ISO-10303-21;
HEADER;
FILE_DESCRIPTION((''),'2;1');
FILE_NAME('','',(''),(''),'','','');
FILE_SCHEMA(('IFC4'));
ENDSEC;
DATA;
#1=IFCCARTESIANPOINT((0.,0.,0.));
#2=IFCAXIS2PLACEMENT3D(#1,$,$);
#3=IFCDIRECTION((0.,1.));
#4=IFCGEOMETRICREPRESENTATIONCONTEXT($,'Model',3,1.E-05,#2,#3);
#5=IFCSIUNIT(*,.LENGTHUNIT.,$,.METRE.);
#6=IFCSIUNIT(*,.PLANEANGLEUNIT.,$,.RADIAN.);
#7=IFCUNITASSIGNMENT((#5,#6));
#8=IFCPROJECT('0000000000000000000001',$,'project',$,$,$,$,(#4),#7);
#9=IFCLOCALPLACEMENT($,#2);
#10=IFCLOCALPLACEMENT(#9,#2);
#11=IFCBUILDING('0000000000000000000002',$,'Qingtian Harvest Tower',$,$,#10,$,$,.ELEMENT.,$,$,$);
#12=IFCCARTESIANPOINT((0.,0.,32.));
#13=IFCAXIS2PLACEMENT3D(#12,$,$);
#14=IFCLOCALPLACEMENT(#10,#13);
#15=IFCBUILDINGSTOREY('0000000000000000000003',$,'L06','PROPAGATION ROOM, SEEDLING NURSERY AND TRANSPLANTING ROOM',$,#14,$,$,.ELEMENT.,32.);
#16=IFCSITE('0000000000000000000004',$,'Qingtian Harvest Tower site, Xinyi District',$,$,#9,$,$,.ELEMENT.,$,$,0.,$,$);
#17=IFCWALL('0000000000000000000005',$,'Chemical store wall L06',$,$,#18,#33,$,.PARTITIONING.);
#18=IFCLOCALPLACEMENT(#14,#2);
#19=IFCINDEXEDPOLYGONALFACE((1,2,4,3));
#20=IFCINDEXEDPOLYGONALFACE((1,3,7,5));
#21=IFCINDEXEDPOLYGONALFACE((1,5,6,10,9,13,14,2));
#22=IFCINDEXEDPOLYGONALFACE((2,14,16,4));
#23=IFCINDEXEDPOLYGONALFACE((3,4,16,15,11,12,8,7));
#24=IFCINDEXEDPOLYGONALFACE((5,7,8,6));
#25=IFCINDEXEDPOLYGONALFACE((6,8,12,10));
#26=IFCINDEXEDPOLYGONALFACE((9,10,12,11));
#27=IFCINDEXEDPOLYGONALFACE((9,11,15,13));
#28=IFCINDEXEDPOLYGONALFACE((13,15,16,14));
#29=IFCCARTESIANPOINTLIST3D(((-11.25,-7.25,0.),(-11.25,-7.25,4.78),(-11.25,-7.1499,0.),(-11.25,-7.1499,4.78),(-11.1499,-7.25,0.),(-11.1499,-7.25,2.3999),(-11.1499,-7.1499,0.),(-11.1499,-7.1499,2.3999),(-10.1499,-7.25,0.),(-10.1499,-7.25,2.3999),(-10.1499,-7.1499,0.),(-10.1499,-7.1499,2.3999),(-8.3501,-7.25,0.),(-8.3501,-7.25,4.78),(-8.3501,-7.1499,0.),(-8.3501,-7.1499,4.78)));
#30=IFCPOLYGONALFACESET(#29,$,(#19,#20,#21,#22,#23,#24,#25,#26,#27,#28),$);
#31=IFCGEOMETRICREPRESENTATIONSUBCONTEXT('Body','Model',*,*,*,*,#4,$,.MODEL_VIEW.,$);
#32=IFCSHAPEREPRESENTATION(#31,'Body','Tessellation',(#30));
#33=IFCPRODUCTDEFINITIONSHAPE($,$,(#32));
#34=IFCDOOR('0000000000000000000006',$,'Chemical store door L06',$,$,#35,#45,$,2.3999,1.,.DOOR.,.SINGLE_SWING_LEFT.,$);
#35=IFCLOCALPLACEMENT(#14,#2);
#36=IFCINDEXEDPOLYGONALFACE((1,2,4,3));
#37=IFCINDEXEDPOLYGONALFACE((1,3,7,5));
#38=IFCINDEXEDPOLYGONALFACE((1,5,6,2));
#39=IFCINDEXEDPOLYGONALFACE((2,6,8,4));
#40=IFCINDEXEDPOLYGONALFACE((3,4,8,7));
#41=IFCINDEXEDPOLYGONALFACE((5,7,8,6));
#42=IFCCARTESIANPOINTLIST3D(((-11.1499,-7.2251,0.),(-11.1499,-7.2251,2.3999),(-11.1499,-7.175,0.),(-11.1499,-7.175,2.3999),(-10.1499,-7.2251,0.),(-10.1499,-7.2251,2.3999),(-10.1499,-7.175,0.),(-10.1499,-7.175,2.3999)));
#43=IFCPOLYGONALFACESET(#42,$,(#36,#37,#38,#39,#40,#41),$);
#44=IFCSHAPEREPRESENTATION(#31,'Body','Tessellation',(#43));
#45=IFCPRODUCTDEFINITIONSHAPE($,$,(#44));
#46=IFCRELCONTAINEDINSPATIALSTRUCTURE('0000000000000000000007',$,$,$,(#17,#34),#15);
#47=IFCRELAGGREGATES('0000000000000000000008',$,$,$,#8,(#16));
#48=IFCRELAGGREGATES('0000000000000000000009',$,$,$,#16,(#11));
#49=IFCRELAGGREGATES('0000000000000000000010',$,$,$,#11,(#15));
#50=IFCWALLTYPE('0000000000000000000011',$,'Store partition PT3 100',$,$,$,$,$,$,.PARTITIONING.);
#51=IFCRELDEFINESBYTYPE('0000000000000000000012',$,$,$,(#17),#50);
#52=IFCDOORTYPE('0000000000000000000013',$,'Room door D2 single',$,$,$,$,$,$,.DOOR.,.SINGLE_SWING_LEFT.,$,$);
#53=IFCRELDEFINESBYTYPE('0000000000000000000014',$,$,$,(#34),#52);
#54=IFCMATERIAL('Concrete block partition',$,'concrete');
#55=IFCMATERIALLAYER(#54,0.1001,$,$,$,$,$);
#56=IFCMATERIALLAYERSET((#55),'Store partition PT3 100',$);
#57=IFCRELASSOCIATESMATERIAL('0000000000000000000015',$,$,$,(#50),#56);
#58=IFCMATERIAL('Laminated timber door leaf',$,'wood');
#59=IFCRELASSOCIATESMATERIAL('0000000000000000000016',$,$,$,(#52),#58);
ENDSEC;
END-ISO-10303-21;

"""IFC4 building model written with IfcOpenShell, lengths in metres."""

from ifc_helpers import new_model, si_unit, direction, frame, frame_2d, origin, place, context, subcontext, project, spatial, rectangle, extrude, material, layer, layer_set, type_object, element, fill, save


model = new_model("IFC4")

# Units and contexts
model_context = context("Model", 3, precision=1e-05, world=origin(), true_north=direction((0.0, 1.0)))
body_context = subcontext(model_context, "Body", "Model", "MODEL_VIEW")
ifc_project = project(units=[si_unit("LENGTHUNIT", "METRE"), si_unit("PLANEANGLEUNIT", "RADIAN")], contexts=[model_context])

# Site, building, storey
site_placement = place(None, origin())
site = spatial("IfcSite", under=ifc_project, at=site_placement, Name="Qingtian Harvest Tower site, Xinyi District", CompositionType="ELEMENT", RefElevation=0.0)
building_placement = place(site_placement, origin())
building = spatial("IfcBuilding", under=site, at=building_placement, Name="Qingtian Harvest Tower", CompositionType="ELEMENT")
storey_placement = place(building_placement, frame((0.0, 0.0, 32.0)))
storey = spatial("IfcBuildingStorey", under=building, at=storey_placement, Name="L06", Description="PROPAGATION ROOM, SEEDLING NURSERY AND TRANSPLANTING ROOM", CompositionType="ELEMENT", Elevation=32.0)

# Wall, opening, door
ifc_material_1 = material(Name="Concrete block partition", Category="concrete")
ifc_layer_1 = layer(ifc_material_1, 0.1001)
ifc_layer_set_1 = layer_set([ifc_layer_1], Name="Store partition PT3 100")
wall_type_1 = type_object("IfcWallType", Name="Store partition PT3 100", PredefinedType="PARTITIONING", material=ifc_layer_set_1)
wall_1_placement = place(storey_placement, frame((-11.25, -7.2, 0.0), z_axis=(0.0, 0.0, 1.0), x_axis=(1.0, 0.0, 0.0)))
wall_1 = element("IfcWall", 1, at=wall_1_placement, inside=storey, type_object=wall_type_1, Name="Chemical store wall L06", PredefinedType="PARTITIONING", context=body_context, shape_type="SweptSolid", body=[
    extrude(rectangle(XDim=2.8999, YDim=0.1001, at=frame_2d((1.45, 0.0))), origin(), (0.0, 0.0, 1.0), 4.78),
])
opening_1_placement = place(wall_1_placement, frame((0.1001, 0.0, 0.0)))
opening_1 = element("IfcOpeningElement", 2, at=opening_1_placement, cuts=wall_1, PredefinedType="OPENING", context=body_context, shape_type="SweptSolid", body=[
    extrude(rectangle(XDim=1.0, YDim=2.3999, at=frame_2d((0.5, 1.2))), frame((0.0, 0.0601, 0.0), z_axis=(0.0, -1.0, 0.0), x_axis=(1.0, 0.0, 0.0)), (0.0, 0.0, 1.0), 0.1201),
])
ifc_material_2 = material(Name="Laminated timber door leaf", Category="wood")
door_type_1 = type_object("IfcDoorType", Name="Room door D2 single", OperationType="SINGLE_SWING_LEFT", PredefinedType="DOOR", material=ifc_material_2)
door_1_placement = place(opening_1_placement, origin())
door_1 = element("IfcDoor", 3, at=door_1_placement, inside=storey, type_object=door_type_1, Name="Chemical store door L06", OperationType="SINGLE_SWING_LEFT", OverallHeight=2.3999, OverallWidth=1.0, PredefinedType="DOOR", context=body_context, shape_type="SweptSolid", body=[
    extrude(rectangle(XDim=1.0, YDim=2.3999, at=frame_2d((0.5, 1.2))), frame((0.0, 0.0249, 0.0), z_axis=(0.0, -1.0, 0.0), x_axis=(1.0, 0.0, 0.0)), (0.0, 0.0, 1.0), 0.05),
])
fill(opening_1, door_1)

save(model, "model.ifc")
